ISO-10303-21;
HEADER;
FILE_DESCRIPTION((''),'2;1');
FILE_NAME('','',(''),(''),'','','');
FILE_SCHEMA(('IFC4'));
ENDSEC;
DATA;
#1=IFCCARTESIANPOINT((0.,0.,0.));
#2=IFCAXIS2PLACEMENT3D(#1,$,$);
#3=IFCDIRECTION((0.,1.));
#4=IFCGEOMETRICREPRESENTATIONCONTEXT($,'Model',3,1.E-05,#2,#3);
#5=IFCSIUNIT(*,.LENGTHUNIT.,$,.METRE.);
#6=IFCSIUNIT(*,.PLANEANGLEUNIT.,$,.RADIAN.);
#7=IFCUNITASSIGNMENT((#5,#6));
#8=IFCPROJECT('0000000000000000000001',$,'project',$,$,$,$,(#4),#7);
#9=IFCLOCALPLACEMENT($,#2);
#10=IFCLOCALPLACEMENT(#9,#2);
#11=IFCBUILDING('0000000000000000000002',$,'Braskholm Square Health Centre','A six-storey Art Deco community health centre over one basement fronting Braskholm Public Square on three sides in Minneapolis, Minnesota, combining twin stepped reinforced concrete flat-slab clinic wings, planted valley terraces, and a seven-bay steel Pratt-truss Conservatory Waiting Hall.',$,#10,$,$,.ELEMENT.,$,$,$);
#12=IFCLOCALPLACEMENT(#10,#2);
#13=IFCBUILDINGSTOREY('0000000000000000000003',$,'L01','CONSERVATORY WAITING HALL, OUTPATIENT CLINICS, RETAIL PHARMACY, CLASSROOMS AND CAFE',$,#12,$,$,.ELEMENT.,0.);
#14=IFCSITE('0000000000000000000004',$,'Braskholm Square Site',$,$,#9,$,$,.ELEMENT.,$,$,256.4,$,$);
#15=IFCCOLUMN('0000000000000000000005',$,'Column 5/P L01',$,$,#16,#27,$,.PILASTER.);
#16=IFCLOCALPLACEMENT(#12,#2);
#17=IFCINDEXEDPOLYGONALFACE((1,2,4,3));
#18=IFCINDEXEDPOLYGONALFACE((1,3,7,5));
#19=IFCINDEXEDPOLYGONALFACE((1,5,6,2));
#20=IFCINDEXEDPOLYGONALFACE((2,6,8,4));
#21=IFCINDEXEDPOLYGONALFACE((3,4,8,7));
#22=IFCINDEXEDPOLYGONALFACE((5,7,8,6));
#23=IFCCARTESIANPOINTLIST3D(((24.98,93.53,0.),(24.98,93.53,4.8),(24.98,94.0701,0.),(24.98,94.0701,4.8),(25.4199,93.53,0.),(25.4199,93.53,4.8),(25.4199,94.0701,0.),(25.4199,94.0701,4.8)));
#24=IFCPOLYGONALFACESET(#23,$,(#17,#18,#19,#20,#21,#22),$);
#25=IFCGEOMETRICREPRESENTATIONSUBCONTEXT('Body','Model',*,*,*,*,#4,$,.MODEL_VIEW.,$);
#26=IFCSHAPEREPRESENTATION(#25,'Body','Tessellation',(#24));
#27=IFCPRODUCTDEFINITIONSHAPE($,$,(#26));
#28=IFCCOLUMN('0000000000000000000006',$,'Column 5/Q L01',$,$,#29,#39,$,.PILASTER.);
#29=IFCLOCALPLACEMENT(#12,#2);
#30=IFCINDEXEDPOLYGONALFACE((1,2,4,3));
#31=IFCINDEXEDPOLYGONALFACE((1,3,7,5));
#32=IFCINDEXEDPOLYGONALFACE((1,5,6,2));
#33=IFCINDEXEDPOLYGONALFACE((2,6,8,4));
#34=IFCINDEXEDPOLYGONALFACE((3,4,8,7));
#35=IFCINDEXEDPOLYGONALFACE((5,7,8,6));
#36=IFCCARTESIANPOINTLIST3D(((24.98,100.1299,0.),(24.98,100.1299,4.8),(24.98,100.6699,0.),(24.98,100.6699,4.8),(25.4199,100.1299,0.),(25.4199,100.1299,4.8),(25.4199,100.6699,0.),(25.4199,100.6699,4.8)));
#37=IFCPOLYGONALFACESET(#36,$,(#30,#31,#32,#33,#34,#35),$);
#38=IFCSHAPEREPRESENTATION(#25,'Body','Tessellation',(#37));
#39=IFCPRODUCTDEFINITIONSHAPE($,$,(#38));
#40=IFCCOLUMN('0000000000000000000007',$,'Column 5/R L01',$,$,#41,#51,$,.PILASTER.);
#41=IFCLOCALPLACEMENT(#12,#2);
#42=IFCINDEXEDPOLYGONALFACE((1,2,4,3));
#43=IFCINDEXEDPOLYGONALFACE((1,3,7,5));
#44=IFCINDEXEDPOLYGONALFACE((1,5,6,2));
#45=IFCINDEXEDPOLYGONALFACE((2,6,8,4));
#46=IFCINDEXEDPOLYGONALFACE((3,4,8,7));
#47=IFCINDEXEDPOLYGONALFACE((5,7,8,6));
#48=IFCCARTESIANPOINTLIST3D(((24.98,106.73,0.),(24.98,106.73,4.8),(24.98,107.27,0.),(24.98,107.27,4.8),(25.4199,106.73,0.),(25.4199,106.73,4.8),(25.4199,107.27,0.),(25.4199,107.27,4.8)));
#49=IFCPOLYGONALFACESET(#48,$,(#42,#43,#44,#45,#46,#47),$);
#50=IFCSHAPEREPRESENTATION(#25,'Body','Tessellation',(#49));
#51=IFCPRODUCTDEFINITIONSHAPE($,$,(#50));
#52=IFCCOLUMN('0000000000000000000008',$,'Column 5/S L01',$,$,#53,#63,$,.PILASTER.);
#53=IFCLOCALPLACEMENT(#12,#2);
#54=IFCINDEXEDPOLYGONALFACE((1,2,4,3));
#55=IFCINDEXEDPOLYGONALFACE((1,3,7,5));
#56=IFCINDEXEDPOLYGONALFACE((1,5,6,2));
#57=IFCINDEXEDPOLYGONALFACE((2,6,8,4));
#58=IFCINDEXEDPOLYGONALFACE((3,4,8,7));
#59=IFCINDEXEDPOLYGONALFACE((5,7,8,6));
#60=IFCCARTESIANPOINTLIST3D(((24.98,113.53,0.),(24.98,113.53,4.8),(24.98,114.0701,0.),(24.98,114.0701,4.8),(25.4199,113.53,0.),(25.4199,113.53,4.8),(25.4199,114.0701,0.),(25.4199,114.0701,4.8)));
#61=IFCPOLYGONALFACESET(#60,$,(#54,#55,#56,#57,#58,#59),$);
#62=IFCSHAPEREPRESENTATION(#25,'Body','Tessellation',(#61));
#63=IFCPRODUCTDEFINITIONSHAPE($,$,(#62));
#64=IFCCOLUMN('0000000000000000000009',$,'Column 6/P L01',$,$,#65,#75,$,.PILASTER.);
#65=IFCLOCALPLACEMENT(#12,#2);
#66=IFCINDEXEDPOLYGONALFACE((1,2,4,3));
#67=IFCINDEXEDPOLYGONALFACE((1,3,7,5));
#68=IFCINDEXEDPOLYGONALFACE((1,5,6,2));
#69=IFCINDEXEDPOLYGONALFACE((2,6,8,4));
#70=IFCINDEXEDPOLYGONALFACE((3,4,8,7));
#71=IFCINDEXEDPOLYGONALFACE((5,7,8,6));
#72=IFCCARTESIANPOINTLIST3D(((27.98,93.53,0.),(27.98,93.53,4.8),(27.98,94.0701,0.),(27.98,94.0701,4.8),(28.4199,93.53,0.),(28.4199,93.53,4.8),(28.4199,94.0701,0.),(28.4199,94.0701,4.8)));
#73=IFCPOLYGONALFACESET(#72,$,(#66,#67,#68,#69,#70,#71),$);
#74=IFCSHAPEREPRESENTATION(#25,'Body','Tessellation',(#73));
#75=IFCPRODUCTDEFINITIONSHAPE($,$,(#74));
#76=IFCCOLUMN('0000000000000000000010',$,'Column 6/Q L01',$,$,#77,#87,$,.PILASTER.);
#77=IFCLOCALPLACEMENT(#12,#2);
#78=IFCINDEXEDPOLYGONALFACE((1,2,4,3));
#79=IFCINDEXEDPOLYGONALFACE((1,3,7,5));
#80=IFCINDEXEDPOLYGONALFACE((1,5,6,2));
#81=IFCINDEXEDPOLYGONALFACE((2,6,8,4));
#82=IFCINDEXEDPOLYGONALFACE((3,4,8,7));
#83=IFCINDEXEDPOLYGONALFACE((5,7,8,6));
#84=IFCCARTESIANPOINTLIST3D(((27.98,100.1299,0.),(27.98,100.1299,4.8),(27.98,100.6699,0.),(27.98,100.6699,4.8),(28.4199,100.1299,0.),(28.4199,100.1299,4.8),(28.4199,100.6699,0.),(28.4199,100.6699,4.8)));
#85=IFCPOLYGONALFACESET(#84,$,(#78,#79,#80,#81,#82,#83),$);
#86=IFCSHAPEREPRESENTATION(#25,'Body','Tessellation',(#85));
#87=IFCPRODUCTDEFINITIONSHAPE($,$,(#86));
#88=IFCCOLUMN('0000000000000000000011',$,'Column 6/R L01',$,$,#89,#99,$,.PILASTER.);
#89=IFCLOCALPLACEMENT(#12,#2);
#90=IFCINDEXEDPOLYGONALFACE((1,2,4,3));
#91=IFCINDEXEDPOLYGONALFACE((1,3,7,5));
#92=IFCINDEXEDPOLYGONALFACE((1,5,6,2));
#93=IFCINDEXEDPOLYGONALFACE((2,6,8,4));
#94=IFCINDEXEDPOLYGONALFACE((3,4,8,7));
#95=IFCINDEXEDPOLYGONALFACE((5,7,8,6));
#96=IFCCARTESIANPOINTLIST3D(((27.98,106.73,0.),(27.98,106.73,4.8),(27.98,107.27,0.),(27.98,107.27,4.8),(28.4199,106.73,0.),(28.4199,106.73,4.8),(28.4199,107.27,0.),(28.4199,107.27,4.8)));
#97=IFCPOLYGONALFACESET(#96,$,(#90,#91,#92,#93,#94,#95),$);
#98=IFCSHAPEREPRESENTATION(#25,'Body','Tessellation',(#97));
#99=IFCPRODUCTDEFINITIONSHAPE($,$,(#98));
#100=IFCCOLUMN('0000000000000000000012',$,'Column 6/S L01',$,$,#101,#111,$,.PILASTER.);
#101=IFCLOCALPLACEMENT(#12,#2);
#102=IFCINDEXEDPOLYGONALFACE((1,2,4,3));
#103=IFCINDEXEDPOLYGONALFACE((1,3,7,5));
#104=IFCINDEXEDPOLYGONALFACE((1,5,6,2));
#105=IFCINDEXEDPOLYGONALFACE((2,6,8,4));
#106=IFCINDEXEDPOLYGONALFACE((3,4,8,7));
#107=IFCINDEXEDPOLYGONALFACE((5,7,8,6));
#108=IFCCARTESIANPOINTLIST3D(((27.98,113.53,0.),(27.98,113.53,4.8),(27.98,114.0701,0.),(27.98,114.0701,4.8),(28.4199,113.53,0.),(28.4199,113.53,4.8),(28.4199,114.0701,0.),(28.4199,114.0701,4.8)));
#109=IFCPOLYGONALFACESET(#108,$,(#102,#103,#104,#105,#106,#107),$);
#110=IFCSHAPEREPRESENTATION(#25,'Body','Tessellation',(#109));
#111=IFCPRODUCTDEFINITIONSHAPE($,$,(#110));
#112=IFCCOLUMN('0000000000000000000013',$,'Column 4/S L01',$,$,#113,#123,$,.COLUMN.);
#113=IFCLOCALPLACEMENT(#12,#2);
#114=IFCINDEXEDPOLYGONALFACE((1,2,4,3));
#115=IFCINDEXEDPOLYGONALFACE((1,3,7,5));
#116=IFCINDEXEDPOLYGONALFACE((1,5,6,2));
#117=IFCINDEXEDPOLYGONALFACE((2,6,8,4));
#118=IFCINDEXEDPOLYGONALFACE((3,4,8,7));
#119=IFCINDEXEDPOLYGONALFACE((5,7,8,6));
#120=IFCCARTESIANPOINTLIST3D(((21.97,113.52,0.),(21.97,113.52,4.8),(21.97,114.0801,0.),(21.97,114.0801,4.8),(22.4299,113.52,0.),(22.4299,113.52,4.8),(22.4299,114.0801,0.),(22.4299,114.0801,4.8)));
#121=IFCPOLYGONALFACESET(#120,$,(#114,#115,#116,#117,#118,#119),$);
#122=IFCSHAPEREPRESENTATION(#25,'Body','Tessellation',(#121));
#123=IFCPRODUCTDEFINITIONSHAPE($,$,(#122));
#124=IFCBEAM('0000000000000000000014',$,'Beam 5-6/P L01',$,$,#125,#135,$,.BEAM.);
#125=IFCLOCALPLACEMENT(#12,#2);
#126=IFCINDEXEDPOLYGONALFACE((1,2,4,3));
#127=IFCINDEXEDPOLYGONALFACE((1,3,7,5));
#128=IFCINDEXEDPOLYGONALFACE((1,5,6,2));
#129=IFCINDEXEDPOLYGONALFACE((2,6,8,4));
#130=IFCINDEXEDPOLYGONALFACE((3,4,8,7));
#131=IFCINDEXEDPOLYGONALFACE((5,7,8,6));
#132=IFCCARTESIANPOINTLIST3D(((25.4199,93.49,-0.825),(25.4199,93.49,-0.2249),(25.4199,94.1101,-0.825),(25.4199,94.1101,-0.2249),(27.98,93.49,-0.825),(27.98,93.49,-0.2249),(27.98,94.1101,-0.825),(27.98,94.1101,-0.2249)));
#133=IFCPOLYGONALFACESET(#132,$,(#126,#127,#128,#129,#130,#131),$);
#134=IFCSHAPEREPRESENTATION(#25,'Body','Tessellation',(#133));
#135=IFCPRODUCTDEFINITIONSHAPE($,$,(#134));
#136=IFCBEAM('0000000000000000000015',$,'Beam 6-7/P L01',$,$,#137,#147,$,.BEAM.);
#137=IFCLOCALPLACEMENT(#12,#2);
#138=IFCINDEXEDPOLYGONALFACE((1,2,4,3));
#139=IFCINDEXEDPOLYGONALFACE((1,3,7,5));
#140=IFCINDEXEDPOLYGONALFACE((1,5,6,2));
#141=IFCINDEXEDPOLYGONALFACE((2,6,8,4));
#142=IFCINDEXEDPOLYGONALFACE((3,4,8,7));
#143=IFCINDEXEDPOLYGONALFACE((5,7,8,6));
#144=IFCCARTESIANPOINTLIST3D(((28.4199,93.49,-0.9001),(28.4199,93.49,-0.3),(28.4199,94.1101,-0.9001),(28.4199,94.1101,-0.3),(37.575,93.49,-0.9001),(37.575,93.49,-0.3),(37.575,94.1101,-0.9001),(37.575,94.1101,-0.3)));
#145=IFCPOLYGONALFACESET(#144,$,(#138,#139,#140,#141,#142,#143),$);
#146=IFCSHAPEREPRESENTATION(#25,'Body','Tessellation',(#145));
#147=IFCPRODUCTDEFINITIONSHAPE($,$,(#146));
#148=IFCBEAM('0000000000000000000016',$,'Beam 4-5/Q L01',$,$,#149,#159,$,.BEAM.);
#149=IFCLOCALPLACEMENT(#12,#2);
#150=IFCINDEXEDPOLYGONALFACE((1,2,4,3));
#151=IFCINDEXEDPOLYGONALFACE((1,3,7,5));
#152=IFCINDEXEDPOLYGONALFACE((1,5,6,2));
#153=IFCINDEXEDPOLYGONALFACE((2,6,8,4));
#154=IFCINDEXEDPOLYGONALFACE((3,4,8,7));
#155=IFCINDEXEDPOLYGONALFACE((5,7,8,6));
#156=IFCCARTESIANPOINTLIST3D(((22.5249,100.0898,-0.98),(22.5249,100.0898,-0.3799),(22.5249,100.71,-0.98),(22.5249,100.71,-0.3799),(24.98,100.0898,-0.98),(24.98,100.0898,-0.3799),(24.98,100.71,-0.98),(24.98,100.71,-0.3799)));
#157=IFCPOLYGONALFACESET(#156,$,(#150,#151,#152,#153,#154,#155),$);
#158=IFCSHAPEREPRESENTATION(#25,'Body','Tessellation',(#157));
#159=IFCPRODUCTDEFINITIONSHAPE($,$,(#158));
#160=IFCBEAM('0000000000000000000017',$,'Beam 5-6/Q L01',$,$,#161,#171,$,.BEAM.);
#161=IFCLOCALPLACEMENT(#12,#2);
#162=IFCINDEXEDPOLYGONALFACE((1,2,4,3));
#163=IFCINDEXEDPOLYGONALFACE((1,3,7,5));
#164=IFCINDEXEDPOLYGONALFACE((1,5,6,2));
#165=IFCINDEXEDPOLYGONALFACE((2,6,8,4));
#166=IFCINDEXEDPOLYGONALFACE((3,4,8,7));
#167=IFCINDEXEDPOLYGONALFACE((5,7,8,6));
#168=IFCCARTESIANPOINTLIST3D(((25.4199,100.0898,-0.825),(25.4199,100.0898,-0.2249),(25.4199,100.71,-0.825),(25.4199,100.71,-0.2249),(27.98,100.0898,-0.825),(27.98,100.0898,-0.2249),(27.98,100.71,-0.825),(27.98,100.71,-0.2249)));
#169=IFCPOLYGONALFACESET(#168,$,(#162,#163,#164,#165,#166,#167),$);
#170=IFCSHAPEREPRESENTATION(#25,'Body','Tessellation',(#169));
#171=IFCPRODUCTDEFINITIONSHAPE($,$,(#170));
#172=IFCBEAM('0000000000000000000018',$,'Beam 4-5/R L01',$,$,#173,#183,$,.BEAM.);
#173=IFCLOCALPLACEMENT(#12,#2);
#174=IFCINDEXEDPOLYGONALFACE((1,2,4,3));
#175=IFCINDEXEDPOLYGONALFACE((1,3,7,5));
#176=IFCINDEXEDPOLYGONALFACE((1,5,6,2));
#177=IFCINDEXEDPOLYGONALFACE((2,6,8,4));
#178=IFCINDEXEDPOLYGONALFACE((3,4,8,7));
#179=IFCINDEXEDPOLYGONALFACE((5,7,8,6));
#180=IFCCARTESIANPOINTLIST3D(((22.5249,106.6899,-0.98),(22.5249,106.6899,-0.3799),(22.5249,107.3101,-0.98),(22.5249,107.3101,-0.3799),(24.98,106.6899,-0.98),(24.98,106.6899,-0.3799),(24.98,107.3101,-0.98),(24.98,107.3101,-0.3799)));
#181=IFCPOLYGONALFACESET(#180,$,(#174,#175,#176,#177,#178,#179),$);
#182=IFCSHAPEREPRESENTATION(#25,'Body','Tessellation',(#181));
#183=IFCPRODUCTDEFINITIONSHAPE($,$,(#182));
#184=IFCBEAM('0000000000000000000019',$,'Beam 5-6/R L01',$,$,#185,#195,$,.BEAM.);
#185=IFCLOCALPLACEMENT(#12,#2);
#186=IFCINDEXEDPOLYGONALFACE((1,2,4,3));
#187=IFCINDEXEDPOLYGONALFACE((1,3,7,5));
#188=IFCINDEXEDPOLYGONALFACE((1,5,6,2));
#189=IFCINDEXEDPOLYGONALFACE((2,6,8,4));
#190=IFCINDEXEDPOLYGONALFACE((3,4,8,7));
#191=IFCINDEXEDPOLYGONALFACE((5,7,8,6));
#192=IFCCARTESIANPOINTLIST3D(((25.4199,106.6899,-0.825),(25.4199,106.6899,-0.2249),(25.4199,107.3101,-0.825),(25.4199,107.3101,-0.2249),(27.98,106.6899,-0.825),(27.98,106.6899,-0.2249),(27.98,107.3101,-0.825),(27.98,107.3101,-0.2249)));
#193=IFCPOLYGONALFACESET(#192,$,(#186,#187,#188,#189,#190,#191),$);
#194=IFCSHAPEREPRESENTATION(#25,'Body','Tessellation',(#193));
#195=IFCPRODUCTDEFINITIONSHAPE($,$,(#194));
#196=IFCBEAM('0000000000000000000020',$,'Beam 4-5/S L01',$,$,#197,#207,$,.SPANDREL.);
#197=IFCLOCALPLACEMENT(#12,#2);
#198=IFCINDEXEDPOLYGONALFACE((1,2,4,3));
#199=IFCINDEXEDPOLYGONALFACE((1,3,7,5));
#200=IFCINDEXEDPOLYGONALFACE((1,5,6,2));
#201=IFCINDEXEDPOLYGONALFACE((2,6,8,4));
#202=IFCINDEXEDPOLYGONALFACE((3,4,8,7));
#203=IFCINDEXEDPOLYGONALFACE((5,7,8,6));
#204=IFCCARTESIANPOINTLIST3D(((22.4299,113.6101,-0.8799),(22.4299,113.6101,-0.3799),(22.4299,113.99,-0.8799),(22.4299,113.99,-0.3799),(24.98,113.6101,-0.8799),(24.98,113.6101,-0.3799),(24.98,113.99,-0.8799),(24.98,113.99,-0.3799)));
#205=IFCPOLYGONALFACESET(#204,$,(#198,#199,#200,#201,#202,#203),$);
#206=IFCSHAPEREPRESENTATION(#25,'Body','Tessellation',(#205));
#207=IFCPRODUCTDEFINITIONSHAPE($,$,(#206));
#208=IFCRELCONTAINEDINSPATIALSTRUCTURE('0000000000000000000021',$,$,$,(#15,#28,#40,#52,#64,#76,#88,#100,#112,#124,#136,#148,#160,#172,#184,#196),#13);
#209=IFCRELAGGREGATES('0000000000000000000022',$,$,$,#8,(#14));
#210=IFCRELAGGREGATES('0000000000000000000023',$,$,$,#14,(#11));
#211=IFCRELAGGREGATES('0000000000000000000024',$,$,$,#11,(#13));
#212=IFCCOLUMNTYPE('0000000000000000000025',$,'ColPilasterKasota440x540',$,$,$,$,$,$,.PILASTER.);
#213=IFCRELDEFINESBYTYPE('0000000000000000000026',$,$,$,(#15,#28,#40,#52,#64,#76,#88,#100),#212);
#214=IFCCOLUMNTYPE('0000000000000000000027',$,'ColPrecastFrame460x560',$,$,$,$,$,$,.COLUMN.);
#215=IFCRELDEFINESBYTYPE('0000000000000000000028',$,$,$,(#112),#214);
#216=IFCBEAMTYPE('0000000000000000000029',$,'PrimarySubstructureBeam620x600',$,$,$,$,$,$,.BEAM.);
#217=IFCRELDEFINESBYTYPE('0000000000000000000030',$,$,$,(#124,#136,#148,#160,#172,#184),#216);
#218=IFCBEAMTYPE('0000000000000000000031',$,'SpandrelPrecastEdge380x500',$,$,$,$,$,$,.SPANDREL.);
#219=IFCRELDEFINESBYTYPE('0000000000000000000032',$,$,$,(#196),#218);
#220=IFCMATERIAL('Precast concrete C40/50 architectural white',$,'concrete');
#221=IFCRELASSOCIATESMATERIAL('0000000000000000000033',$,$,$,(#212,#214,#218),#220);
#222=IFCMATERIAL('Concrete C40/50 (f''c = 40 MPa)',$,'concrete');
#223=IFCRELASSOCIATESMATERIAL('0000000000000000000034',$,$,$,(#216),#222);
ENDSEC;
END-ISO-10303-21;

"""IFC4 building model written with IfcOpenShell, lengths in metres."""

from ifc_helpers import new_model, si_unit, direction, frame, origin, origin_2d, place, context, subcontext, project, spatial, rectangle, extrude, material, material_profile, profile_set, type_object, element, save


model = new_model("IFC4")

# Units and contexts
model_context = context("Model", 3, precision=1e-05, world=origin(), true_north=direction((0.0, 1.0)))
body_context = subcontext(model_context, "Body", "Model", "MODEL_VIEW")
ifc_project = project(units=[si_unit("LENGTHUNIT", "METRE"), si_unit("PLANEANGLEUNIT", "RADIAN")], contexts=[model_context])

# Site, building, storey
site_placement = place(None, origin())
site = spatial("IfcSite", under=ifc_project, at=site_placement, Name="Braskholm Square Site", CompositionType="ELEMENT", RefElevation=256.4)
building_placement = place(site_placement, origin())
building = spatial("IfcBuilding", under=site, at=building_placement, Name="Braskholm Square Health Centre", Description="A six-storey Art Deco community health centre over one basement fronting Braskholm Public Square on three sides in Minneapolis, Minnesota, combining twin stepped reinforced concrete flat-slab clinic wings, planted valley terraces, and a seven-bay steel Pratt-truss Conservatory Waiting Hall.", CompositionType="ELEMENT")
storey_placement = place(building_placement, origin())
storey = spatial("IfcBuildingStorey", under=building, at=storey_placement, Name="L01", Description="CONSERVATORY WAITING HALL, OUTPATIENT CLINICS, RETAIL PHARMACY, CLASSROOMS AND CAFE", CompositionType="ELEMENT", Elevation=0.0)

# Columns
ifc_material_1 = material(Name="Precast concrete C40/50 architectural white", Category="concrete")
ifc_material_profile_1 = material_profile(ifc_material_1, rectangle(XDim=0.4399, YDim=0.54, at=origin_2d()), Name="RC-440X540")
ifc_profile_set_1 = profile_set([ifc_material_profile_1], Name="Precast concrete C40/50 architectural white")
column_type_1 = type_object("IfcColumnType", Name="ColPilasterKasota440x540", PredefinedType="PILASTER", material=ifc_profile_set_1)
for number, where, z_axis, x_axis, name in (
    (1, (25.2, 93.8, 0.0), (0.0, 0.0, 1.0), (1.0, 0.0, 0.0), "Column 5/P L01"),
    (2, (25.2, 100.3999, 0.0), (0.0, 0.0, 1.0), (1.0, 0.0, 0.0), "Column 5/Q L01"),
    (3, (25.2, 107.0, 0.0), (0.0, 0.0, 1.0), (1.0, 0.0, 0.0), "Column 5/R L01"),
    (4, (25.2, 113.8, 0.0), (0.0, 0.0, 1.0), (1.0, 0.0, 0.0), "Column 5/S L01"),
    (5, (28.2, 93.8, 0.0), (0.0, 0.0, 1.0), (1.0, 0.0, 0.0), "Column 6/P L01"),
    (6, (28.2, 100.3999, 0.0), (0.0, 0.0, 1.0), (1.0, 0.0, 0.0), "Column 6/Q L01"),
    (7, (28.2, 107.0, 0.0), (0.0, 0.0, 1.0), (1.0, 0.0, 0.0), "Column 6/R L01"),
    (8, (28.2, 113.8, 0.0), (0.0, 0.0, 1.0), (1.0, 0.0, 0.0), "Column 6/S L01"),
):
    element("IfcColumn", number, at=place(storey_placement, frame(where, z_axis=z_axis, x_axis=x_axis)), inside=storey, type_object=column_type_1, Name=name, PredefinedType="PILASTER", context=body_context, shape_type="SweptSolid", body=[
        extrude(rectangle(XDim=0.4399, YDim=0.54, at=origin_2d()), origin(), (0.0, 0.0, 1.0), 4.8),
    ])
ifc_material_profile_2 = material_profile(ifc_material_1, rectangle(XDim=0.46, YDim=0.5601, at=origin_2d()), Name="RC-460X560")
ifc_profile_set_2 = profile_set([ifc_material_profile_2], Name="Precast concrete C40/50 architectural white")
column_type_2 = type_object("IfcColumnType", Name="ColPrecastFrame460x560", PredefinedType="COLUMN", material=ifc_profile_set_2)
column_placement = place(storey_placement, frame((22.2, 113.8, 0.0), z_axis=(0.0, 0.0, 1.0), x_axis=(1.0, 0.0, 0.0)))
element("IfcColumn", 9, at=column_placement, inside=storey, type_object=column_type_2, Name="Column 4/S L01", PredefinedType="COLUMN", context=body_context, shape_type="SweptSolid", body=[
    extrude(rectangle(XDim=0.46, YDim=0.5601, at=origin_2d()), origin(), (0.0, 0.0, 1.0), 4.8),
])

# Beams
ifc_material_2 = material(Name="Concrete C40/50 (f'c = 40 MPa)", Category="concrete")
ifc_material_profile_3 = material_profile(ifc_material_2, rectangle(XDim=0.6201, YDim=0.6001, at=origin_2d()), Name="RCB-620X600")
ifc_profile_set_3 = profile_set([ifc_material_profile_3], Name="Concrete C40/50 (f'c = 40 MPa)")
beam_type_1 = type_object("IfcBeamType", Name="PrimarySubstructureBeam620x600", PredefinedType="BEAM", material=ifc_profile_set_3)
beam_1_placement = place(storey_placement, frame((25.4199, 93.8, -0.5249), z_axis=(1.0, 0.0, 0.0), x_axis=(0.0, 1.0, 0.0)))
element("IfcBeam", 10, at=beam_1_placement, inside=storey, type_object=beam_type_1, Name="Beam 5-6/P L01", PredefinedType="BEAM", context=body_context, shape_type="SweptSolid", body=[
    extrude(rectangle(XDim=0.6201, YDim=0.6001, at=origin_2d()), origin(), (0.0, 0.0, 1.0), 2.5601),
])
beam_2_placement = place(storey_placement, frame((28.4199, 93.8, -0.6001), z_axis=(1.0, 0.0, 0.0), x_axis=(0.0, 1.0, 0.0)))
element("IfcBeam", 11, at=beam_2_placement, inside=storey, type_object=beam_type_1, Name="Beam 6-7/P L01", PredefinedType="BEAM", context=body_context, shape_type="SweptSolid", body=[
    extrude(rectangle(XDim=0.6201, YDim=0.6001, at=origin_2d()), origin(), (0.0, 0.0, 1.0), 9.155),
])
beam_3_placement = place(storey_placement, frame((22.5249, 100.3999, -0.6799), z_axis=(1.0, 0.0, 0.0), x_axis=(0.0, 1.0, 0.0)))
element("IfcBeam", 12, at=beam_3_placement, inside=storey, type_object=beam_type_1, Name="Beam 4-5/Q L01", PredefinedType="BEAM", context=body_context, shape_type="SweptSolid", body=[
    extrude(rectangle(XDim=0.6201, YDim=0.6001, at=origin_2d()), origin(), (0.0, 0.0, 1.0), 2.4551),
])
beam_4_placement = place(storey_placement, frame((25.4199, 100.3999, -0.5249), z_axis=(1.0, 0.0, 0.0), x_axis=(0.0, 1.0, 0.0)))
element("IfcBeam", 13, at=beam_4_placement, inside=storey, type_object=beam_type_1, Name="Beam 5-6/Q L01", PredefinedType="BEAM", context=body_context, shape_type="SweptSolid", body=[
    extrude(rectangle(XDim=0.6201, YDim=0.6001, at=origin_2d()), origin(), (0.0, 0.0, 1.0), 2.5601),
])
beam_5_placement = place(storey_placement, frame((22.5249, 107.0, -0.6799), z_axis=(1.0, 0.0, 0.0), x_axis=(0.0, 1.0, 0.0)))
element("IfcBeam", 14, at=beam_5_placement, inside=storey, type_object=beam_type_1, Name="Beam 4-5/R L01", PredefinedType="BEAM", context=body_context, shape_type="SweptSolid", body=[
    extrude(rectangle(XDim=0.6201, YDim=0.6001, at=origin_2d()), origin(), (0.0, 0.0, 1.0), 2.4551),
])
beam_6_placement = place(storey_placement, frame((25.4199, 107.0, -0.5249), z_axis=(1.0, 0.0, 0.0), x_axis=(0.0, 1.0, 0.0)))
element("IfcBeam", 15, at=beam_6_placement, inside=storey, type_object=beam_type_1, Name="Beam 5-6/R L01", PredefinedType="BEAM", context=body_context, shape_type="SweptSolid", body=[
    extrude(rectangle(XDim=0.6201, YDim=0.6001, at=origin_2d()), origin(), (0.0, 0.0, 1.0), 2.5601),
])
ifc_material_profile_4 = material_profile(ifc_material_1, rectangle(XDim=0.3799, YDim=0.5, at=origin_2d()), Name="RCB-380X500")
ifc_profile_set_4 = profile_set([ifc_material_profile_4], Name="Precast concrete C40/50 architectural white")
beam_type_2 = type_object("IfcBeamType", Name="SpandrelPrecastEdge380x500", PredefinedType="SPANDREL", material=ifc_profile_set_4)
beam_7_placement = place(storey_placement, frame((22.4299, 113.8, -0.6299), z_axis=(1.0, 0.0, 0.0), x_axis=(0.0, 1.0, 0.0)))
element("IfcBeam", 16, at=beam_7_placement, inside=storey, type_object=beam_type_2, Name="Beam 4-5/S L01", PredefinedType="SPANDREL", context=body_context, shape_type="SweptSolid", body=[
    extrude(rectangle(XDim=0.3799, YDim=0.5, at=origin_2d()), origin(), (0.0, 0.0, 1.0), 2.55),
])

save(model, "model.ifc")
